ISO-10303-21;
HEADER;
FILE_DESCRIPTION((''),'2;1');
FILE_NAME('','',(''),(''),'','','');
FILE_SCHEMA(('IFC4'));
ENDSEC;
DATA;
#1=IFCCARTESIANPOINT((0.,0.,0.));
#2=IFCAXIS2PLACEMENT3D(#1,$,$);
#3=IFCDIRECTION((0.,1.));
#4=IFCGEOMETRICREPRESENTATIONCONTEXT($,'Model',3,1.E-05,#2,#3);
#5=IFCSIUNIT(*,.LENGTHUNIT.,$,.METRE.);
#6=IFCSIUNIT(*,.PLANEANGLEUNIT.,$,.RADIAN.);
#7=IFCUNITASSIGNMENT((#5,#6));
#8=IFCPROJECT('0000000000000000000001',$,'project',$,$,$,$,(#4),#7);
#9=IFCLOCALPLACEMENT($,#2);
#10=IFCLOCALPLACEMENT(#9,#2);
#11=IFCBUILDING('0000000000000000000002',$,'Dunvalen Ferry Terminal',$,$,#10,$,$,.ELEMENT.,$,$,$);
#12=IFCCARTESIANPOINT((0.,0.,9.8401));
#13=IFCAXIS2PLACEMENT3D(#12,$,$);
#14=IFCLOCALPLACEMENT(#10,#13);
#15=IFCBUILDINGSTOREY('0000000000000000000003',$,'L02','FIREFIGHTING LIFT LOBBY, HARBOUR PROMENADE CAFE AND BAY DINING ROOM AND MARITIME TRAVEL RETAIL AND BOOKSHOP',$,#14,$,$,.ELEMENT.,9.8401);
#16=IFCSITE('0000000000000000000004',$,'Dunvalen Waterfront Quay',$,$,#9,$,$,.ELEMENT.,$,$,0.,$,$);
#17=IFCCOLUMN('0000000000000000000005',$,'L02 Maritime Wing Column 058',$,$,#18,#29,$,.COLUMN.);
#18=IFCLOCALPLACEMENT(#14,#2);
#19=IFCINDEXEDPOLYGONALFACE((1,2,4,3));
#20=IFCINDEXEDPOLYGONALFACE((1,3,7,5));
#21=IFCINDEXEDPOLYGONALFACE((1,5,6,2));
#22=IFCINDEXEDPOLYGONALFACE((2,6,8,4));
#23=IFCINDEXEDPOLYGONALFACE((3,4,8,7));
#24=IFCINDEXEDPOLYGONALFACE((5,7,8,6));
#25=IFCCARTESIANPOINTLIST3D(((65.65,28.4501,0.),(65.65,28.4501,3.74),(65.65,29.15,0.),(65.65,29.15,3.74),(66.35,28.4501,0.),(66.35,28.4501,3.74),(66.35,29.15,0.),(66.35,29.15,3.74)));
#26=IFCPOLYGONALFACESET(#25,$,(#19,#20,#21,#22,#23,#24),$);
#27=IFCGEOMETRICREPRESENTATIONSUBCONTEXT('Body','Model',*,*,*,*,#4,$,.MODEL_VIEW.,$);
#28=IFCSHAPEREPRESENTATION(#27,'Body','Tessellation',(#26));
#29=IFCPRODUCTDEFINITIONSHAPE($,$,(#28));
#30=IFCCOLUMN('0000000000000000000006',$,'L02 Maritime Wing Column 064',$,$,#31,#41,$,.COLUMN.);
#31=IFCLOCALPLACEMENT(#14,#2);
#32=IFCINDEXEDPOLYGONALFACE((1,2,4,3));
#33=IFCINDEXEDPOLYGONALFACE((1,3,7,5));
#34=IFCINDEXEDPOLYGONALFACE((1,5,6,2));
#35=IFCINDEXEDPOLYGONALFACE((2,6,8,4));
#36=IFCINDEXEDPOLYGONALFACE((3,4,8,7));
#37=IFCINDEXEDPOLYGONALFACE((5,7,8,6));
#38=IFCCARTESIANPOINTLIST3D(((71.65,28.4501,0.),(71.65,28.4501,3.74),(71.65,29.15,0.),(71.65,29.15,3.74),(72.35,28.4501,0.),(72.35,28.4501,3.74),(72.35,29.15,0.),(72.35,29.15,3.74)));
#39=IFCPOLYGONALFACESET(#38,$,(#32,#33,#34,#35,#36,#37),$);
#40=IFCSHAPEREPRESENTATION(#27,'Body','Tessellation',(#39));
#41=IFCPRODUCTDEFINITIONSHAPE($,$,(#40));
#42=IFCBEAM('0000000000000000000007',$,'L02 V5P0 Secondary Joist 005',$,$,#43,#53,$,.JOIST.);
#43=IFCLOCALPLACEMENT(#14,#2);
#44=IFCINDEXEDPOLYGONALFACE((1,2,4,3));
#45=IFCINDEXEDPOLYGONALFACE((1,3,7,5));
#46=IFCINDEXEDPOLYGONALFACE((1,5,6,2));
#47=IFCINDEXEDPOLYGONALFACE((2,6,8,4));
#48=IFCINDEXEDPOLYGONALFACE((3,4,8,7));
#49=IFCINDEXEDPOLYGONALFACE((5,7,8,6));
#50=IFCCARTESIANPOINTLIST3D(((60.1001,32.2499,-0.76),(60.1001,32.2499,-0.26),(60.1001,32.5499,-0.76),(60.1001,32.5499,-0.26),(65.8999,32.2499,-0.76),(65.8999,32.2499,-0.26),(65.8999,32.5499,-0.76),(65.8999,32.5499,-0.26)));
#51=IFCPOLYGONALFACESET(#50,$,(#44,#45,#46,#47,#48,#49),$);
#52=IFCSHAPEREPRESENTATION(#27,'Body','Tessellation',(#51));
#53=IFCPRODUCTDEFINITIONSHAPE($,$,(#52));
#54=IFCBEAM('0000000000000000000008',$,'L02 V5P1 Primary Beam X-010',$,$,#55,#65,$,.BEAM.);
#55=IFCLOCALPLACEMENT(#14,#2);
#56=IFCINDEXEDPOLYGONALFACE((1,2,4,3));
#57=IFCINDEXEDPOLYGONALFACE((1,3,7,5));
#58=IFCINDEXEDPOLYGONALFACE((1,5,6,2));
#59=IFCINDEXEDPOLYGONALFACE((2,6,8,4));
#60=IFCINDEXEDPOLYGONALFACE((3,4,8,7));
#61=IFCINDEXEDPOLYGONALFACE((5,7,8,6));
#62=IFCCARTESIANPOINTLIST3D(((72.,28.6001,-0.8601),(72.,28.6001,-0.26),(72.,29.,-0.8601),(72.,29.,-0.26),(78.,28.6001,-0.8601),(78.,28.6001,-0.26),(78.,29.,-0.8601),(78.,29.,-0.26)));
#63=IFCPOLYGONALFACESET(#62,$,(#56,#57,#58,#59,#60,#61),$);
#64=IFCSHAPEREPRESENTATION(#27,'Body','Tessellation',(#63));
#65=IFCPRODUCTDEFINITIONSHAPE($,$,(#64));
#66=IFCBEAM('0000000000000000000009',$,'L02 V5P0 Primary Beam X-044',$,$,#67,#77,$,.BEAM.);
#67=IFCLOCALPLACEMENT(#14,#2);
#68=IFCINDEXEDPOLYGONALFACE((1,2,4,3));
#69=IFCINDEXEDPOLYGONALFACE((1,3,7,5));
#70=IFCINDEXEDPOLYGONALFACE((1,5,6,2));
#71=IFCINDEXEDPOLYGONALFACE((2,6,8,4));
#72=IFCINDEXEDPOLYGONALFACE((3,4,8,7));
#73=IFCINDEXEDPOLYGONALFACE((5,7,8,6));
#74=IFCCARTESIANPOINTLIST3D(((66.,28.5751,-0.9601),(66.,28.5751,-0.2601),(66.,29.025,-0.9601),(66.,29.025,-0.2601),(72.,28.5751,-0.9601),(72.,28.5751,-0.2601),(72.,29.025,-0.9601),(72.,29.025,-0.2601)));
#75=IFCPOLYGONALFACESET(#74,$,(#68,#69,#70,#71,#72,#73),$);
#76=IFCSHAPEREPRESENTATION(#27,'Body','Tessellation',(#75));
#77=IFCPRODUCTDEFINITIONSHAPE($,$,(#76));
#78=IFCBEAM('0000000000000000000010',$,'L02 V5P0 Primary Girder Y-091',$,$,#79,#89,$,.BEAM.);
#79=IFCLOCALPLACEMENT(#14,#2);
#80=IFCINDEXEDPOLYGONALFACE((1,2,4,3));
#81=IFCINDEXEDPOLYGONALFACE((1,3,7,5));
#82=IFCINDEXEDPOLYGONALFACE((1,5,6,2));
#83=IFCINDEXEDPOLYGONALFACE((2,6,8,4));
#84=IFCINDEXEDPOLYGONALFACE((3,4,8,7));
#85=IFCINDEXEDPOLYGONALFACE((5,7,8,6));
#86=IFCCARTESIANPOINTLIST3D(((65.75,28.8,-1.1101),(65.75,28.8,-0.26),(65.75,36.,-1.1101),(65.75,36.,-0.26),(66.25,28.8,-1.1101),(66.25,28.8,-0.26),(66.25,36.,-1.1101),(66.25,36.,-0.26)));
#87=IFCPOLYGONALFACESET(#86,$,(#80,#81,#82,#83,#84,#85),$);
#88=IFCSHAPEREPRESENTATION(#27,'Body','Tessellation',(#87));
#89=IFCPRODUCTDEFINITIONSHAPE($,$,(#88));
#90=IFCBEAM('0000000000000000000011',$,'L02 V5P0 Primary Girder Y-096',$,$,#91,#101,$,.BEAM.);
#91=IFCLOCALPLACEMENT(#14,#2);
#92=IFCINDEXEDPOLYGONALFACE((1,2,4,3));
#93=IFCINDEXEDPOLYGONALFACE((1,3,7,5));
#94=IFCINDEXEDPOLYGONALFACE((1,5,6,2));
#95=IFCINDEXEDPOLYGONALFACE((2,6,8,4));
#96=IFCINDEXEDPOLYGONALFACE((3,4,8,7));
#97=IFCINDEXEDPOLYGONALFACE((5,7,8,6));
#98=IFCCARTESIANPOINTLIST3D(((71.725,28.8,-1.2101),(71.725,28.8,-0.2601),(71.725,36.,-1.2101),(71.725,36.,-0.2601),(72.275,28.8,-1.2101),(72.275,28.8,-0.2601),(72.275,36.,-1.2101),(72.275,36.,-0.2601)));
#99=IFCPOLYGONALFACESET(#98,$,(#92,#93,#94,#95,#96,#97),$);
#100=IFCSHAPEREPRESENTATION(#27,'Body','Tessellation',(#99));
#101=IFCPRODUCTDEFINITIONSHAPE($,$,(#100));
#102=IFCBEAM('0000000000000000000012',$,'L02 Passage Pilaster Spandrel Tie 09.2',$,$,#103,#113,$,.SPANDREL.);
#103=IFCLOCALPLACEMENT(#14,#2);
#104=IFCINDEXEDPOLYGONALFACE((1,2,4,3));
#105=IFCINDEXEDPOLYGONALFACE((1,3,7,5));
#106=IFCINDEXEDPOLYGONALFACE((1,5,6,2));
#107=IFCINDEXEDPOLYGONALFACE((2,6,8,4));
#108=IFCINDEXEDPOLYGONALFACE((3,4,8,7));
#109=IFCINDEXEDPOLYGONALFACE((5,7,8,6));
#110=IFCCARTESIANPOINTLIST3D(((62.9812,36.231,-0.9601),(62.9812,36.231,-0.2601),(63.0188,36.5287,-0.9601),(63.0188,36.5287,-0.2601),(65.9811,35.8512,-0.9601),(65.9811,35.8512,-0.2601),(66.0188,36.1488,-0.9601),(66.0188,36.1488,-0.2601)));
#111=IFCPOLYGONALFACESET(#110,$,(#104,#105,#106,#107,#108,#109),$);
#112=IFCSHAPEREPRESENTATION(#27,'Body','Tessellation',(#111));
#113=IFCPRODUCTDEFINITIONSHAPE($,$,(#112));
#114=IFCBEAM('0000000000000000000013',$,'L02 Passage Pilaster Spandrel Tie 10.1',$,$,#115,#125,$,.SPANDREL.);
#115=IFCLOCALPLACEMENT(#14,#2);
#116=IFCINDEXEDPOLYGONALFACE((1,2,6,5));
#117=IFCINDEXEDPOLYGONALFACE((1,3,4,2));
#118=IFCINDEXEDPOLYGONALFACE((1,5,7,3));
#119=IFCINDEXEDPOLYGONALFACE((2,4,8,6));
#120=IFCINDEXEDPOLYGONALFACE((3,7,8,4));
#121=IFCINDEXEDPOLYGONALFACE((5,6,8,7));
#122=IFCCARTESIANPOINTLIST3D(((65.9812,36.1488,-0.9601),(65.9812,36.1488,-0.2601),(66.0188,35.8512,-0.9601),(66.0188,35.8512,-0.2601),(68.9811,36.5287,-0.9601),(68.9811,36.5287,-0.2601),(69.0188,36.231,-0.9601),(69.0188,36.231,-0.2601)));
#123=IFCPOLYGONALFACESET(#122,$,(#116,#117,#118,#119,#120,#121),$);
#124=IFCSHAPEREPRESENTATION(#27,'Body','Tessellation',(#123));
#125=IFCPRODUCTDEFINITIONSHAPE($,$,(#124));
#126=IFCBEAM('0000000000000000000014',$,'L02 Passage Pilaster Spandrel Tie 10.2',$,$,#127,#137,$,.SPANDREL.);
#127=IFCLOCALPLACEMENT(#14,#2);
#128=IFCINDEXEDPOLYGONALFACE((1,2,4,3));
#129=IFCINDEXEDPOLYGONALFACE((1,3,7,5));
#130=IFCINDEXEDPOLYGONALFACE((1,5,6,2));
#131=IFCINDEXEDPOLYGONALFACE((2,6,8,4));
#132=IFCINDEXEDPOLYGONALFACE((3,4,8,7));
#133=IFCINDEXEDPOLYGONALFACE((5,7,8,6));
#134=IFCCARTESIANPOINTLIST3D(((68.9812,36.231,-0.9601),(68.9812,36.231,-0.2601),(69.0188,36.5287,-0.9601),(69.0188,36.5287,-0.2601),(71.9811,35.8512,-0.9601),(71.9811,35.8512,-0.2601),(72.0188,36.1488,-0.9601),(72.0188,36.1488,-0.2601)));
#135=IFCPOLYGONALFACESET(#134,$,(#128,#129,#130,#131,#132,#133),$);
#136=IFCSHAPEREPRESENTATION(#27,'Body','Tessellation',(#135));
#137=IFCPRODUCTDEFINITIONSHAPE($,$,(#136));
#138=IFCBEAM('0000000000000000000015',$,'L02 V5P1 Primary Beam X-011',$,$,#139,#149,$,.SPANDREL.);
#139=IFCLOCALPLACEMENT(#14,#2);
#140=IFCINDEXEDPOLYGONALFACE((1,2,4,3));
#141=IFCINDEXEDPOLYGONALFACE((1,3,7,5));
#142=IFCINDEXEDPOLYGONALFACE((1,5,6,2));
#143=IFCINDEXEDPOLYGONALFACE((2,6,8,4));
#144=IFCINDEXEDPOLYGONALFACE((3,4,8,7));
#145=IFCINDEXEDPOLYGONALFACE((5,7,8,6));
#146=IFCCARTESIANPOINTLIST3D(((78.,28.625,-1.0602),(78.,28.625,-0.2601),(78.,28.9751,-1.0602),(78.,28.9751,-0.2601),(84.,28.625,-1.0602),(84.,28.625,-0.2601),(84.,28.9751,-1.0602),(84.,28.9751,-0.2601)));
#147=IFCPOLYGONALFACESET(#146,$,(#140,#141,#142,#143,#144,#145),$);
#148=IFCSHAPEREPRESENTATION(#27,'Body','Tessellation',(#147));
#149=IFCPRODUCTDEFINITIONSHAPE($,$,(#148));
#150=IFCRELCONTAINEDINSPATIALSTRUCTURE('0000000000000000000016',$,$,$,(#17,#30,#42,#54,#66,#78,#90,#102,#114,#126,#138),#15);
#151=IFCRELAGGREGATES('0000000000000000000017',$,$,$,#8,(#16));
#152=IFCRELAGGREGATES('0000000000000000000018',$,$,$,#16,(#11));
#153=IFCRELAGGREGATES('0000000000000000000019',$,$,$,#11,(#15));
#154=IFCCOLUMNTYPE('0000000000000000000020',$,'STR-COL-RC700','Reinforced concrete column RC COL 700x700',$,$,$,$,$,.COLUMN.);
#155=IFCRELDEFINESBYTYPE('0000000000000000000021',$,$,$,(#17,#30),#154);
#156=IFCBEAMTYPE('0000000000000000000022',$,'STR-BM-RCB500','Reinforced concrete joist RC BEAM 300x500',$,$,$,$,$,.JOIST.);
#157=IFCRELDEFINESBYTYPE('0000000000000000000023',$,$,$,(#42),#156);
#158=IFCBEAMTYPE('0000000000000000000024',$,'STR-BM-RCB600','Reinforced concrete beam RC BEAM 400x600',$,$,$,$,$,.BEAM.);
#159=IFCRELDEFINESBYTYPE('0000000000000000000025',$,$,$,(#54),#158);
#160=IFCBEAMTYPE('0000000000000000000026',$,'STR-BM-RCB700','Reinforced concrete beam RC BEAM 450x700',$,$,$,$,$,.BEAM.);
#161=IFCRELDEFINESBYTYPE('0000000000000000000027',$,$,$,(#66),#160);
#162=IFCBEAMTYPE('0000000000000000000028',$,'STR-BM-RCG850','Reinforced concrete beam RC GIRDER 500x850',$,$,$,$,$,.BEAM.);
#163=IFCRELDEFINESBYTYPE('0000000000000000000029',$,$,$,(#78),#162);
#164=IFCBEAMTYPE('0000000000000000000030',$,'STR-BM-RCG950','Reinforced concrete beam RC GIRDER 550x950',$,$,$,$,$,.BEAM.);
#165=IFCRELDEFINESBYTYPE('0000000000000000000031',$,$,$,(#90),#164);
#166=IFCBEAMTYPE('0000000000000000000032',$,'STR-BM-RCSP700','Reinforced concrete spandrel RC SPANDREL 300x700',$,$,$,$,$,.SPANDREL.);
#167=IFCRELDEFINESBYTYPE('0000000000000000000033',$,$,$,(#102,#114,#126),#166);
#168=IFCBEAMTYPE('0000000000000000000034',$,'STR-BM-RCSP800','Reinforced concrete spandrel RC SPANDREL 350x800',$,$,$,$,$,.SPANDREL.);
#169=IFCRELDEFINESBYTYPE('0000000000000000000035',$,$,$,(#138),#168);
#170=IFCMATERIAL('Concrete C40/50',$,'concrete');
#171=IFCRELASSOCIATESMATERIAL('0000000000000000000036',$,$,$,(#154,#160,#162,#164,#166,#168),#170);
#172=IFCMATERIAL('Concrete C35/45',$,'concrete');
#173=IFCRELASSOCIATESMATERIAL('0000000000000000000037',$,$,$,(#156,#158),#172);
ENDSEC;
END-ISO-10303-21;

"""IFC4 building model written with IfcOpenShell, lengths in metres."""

from ifc_helpers import new_model, si_unit, direction, frame, origin, origin_2d, place, context, subcontext, project, spatial, rectangle, extrude, material, material_profile, profile_set, type_object, element, save


model = new_model("IFC4")

# Units and contexts
model_context = context("Model", 3, precision=1e-05, world=origin(), true_north=direction((0.0, 1.0)))
body_context = subcontext(model_context, "Body", "Model", "MODEL_VIEW")
ifc_project = project(units=[si_unit("LENGTHUNIT", "METRE"), si_unit("PLANEANGLEUNIT", "RADIAN")], contexts=[model_context])

# Site, building, storey
site_placement = place(None, origin())
site = spatial("IfcSite", under=ifc_project, at=site_placement, Name="Dunvalen Waterfront Quay", CompositionType="ELEMENT", RefElevation=0.0)
building_placement = place(site_placement, origin())
building = spatial("IfcBuilding", under=site, at=building_placement, Name="Dunvalen Ferry Terminal", CompositionType="ELEMENT")
storey_placement = place(building_placement, frame((0.0, 0.0, 9.8401)))
storey = spatial("IfcBuildingStorey", under=building, at=storey_placement, Name="L02", Description="FIREFIGHTING LIFT LOBBY, HARBOUR PROMENADE CAFE AND BAY DINING ROOM AND MARITIME TRAVEL RETAIL AND BOOKSHOP", CompositionType="ELEMENT", Elevation=9.8401)

# Columns
ifc_material_1 = material(Name="Concrete C40/50", Category="concrete")
ifc_material_profile_1 = material_profile(ifc_material_1, rectangle(XDim=0.7, YDim=0.7, at=origin_2d()), Name="Concrete C40/50")
ifc_profile_set_1 = profile_set([ifc_material_profile_1], Name="Concrete C40/50")
column_type = type_object("IfcColumnType", Name="STR-COL-RC700", Description="Reinforced concrete column RC COL 700x700", PredefinedType="COLUMN", material=ifc_profile_set_1)
for number, where, z_axis, x_axis, name in (
    (1, (66.0, 28.8, 0.0), (0.0, 0.0, 1.0), (1.0, 0.0, 0.0), "L02 Maritime Wing Column 058"),
    (2, (72.0, 28.8, 0.0), (0.0, 0.0, 1.0), (1.0, 0.0, 0.0), "L02 Maritime Wing Column 064"),
):
    element("IfcColumn", number, at=place(storey_placement, frame(where, z_axis=z_axis, x_axis=x_axis)), inside=storey, type_object=column_type, Name=name, PredefinedType="COLUMN", context=body_context, shape_type="SweptSolid", body=[
        extrude(rectangle(XDim=0.7, YDim=0.7, at=origin_2d()), origin(), (0.0, 0.0, 1.0), 3.74),
    ])

# Beams
ifc_material_2 = material(Name="Concrete C35/45", Category="concrete")
ifc_material_profile_2 = material_profile(ifc_material_2, rectangle(XDim=0.3, YDim=0.5, at=origin_2d()), Name="Concrete C35/45")
ifc_profile_set_2 = profile_set([ifc_material_profile_2], Name="Concrete C35/45")
beam_type_1 = type_object("IfcBeamType", Name="STR-BM-RCB500", Description="Reinforced concrete joist RC BEAM 300x500", PredefinedType="JOIST", material=ifc_profile_set_2)
beam_1_placement = place(storey_placement, frame((60.1001, 32.3999, -0.51), z_axis=(1.0, 0.0, 0.0), x_axis=(0.0, 1.0, 0.0)))
element("IfcBeam", 3, at=beam_1_placement, inside=storey, type_object=beam_type_1, Name="L02 V5P0 Secondary Joist 005", PredefinedType="JOIST", context=body_context, shape_type="SweptSolid", body=[
    extrude(rectangle(XDim=0.3, YDim=0.5, at=origin_2d()), origin(), (0.0, 0.0, 1.0), 5.7998),
])
ifc_material_profile_3 = material_profile(ifc_material_2, rectangle(XDim=0.3999, YDim=0.6001, at=origin_2d()), Name="Concrete C35/45")
ifc_profile_set_3 = profile_set([ifc_material_profile_3], Name="Concrete C35/45")
beam_type_2 = type_object("IfcBeamType", Name="STR-BM-RCB600", Description="Reinforced concrete beam RC BEAM 400x600", PredefinedType="BEAM", material=ifc_profile_set_3)
beam_2_placement = place(storey_placement, frame((72.0, 28.8, -0.5601), z_axis=(1.0, 0.0, 0.0), x_axis=(0.0, 1.0, 0.0)))
element("IfcBeam", 4, at=beam_2_placement, inside=storey, type_object=beam_type_2, Name="L02 V5P1 Primary Beam X-010", PredefinedType="BEAM", context=body_context, shape_type="SweptSolid", body=[
    extrude(rectangle(XDim=0.3999, YDim=0.6001, at=origin_2d()), origin(), (0.0, 0.0, 1.0), 6.0),
])
ifc_material_profile_4 = material_profile(ifc_material_1, rectangle(XDim=0.45, YDim=0.7, at=origin_2d()), Name="Concrete C40/50")
ifc_profile_set_4 = profile_set([ifc_material_profile_4], Name="Concrete C40/50")
beam_type_3 = type_object("IfcBeamType", Name="STR-BM-RCB700", Description="Reinforced concrete beam RC BEAM 450x700", PredefinedType="BEAM", material=ifc_profile_set_4)
beam_3_placement = place(storey_placement, frame((66.0, 28.8, -0.6101), z_axis=(1.0, 0.0, 0.0), x_axis=(0.0, 1.0, 0.0)))
element("IfcBeam", 5, at=beam_3_placement, inside=storey, type_object=beam_type_3, Name="L02 V5P0 Primary Beam X-044", PredefinedType="BEAM", context=body_context, shape_type="SweptSolid", body=[
    extrude(rectangle(XDim=0.45, YDim=0.7, at=origin_2d()), origin(), (0.0, 0.0, 1.0), 6.0),
])
ifc_material_profile_5 = material_profile(ifc_material_1, rectangle(XDim=0.5, YDim=0.8501, at=origin_2d()), Name="Concrete C40/50")
ifc_profile_set_5 = profile_set([ifc_material_profile_5], Name="Concrete C40/50")
beam_type_4 = type_object("IfcBeamType", Name="STR-BM-RCG850", Description="Reinforced concrete beam RC GIRDER 500x850", PredefinedType="BEAM", material=ifc_profile_set_5)
beam_4_placement = place(storey_placement, frame((66.0, 28.8, -0.6851), z_axis=(0.0, 1.0, 0.0), x_axis=(-1.0, 0.0, 0.0)))
element("IfcBeam", 6, at=beam_4_placement, inside=storey, type_object=beam_type_4, Name="L02 V5P0 Primary Girder Y-091", PredefinedType="BEAM", context=body_context, shape_type="SweptSolid", body=[
    extrude(rectangle(XDim=0.5, YDim=0.8501, at=origin_2d()), origin(), (0.0, 0.0, 1.0), 7.2),
])
ifc_material_profile_6 = material_profile(ifc_material_1, rectangle(XDim=0.55, YDim=0.95, at=origin_2d()), Name="Concrete C40/50")
ifc_profile_set_6 = profile_set([ifc_material_profile_6], Name="Concrete C40/50")
beam_type_5 = type_object("IfcBeamType", Name="STR-BM-RCG950", Description="Reinforced concrete beam RC GIRDER 550x950", PredefinedType="BEAM", material=ifc_profile_set_6)
beam_5_placement = place(storey_placement, frame((72.0, 28.8, -0.7351), z_axis=(0.0, 1.0, 0.0), x_axis=(-1.0, 0.0, 0.0)))
element("IfcBeam", 7, at=beam_5_placement, inside=storey, type_object=beam_type_5, Name="L02 V5P0 Primary Girder Y-096", PredefinedType="BEAM", context=body_context, shape_type="SweptSolid", body=[
    extrude(rectangle(XDim=0.55, YDim=0.95, at=origin_2d()), origin(), (0.0, 0.0, 1.0), 7.2),
])
ifc_material_profile_7 = material_profile(ifc_material_1, rectangle(XDim=0.3, YDim=0.7, at=origin_2d()), Name="Concrete C40/50")
ifc_profile_set_7 = profile_set([ifc_material_profile_7], Name="Concrete C40/50")
beam_type_6 = type_object("IfcBeamType", Name="STR-BM-RCSP700", Description="Reinforced concrete spandrel RC SPANDREL 300x700", PredefinedType="SPANDREL", material=ifc_profile_set_7)
for number, where, z_axis, x_axis, name in (
    (8, (63.0, 36.3799, -0.6101), (0.992078, -0.125624, 0.0), (0.125624, 0.992078, 0.0), "L02 Passage Pilaster Spandrel Tie 09.2"),
    (9, (66.0, 36.0, -0.6101), (0.992078, 0.125624, 0.0), (-0.125624, 0.992078, 0.0), "L02 Passage Pilaster Spandrel Tie 10.1"),
    (10, (69.0, 36.3799, -0.6101), (0.992078, -0.125624, 0.0), (0.125624, 0.992078, 0.0), "L02 Passage Pilaster Spandrel Tie 10.2"),
):
    element("IfcBeam", number, at=place(storey_placement, frame(where, z_axis=z_axis, x_axis=x_axis)), inside=storey, type_object=beam_type_6, Name=name, PredefinedType="SPANDREL", context=body_context, shape_type="SweptSolid", body=[
        extrude(rectangle(XDim=0.3, YDim=0.7, at=origin_2d()), origin(), (0.0, 0.0, 1.0), 3.0239),
    ])
ifc_material_profile_8 = material_profile(ifc_material_1, rectangle(XDim=0.3501, YDim=0.8, at=origin_2d()), Name="Concrete C40/50")
ifc_profile_set_8 = profile_set([ifc_material_profile_8], Name="Concrete C40/50")
beam_type_7 = type_object("IfcBeamType", Name="STR-BM-RCSP800", Description="Reinforced concrete spandrel RC SPANDREL 350x800", PredefinedType="SPANDREL", material=ifc_profile_set_8)
beam_6_placement = place(storey_placement, frame((78.0, 28.8, -0.6602), z_axis=(1.0, 0.0, 0.0), x_axis=(0.0, 1.0, 0.0)))
element("IfcBeam", 11, at=beam_6_placement, inside=storey, type_object=beam_type_7, Name="L02 V5P1 Primary Beam X-011", PredefinedType="SPANDREL", context=body_context, shape_type="SweptSolid", body=[
    extrude(rectangle(XDim=0.3501, YDim=0.8, at=origin_2d()), origin(), (0.0, 0.0, 1.0), 6.0),
])

save(model, "model.ifc")
